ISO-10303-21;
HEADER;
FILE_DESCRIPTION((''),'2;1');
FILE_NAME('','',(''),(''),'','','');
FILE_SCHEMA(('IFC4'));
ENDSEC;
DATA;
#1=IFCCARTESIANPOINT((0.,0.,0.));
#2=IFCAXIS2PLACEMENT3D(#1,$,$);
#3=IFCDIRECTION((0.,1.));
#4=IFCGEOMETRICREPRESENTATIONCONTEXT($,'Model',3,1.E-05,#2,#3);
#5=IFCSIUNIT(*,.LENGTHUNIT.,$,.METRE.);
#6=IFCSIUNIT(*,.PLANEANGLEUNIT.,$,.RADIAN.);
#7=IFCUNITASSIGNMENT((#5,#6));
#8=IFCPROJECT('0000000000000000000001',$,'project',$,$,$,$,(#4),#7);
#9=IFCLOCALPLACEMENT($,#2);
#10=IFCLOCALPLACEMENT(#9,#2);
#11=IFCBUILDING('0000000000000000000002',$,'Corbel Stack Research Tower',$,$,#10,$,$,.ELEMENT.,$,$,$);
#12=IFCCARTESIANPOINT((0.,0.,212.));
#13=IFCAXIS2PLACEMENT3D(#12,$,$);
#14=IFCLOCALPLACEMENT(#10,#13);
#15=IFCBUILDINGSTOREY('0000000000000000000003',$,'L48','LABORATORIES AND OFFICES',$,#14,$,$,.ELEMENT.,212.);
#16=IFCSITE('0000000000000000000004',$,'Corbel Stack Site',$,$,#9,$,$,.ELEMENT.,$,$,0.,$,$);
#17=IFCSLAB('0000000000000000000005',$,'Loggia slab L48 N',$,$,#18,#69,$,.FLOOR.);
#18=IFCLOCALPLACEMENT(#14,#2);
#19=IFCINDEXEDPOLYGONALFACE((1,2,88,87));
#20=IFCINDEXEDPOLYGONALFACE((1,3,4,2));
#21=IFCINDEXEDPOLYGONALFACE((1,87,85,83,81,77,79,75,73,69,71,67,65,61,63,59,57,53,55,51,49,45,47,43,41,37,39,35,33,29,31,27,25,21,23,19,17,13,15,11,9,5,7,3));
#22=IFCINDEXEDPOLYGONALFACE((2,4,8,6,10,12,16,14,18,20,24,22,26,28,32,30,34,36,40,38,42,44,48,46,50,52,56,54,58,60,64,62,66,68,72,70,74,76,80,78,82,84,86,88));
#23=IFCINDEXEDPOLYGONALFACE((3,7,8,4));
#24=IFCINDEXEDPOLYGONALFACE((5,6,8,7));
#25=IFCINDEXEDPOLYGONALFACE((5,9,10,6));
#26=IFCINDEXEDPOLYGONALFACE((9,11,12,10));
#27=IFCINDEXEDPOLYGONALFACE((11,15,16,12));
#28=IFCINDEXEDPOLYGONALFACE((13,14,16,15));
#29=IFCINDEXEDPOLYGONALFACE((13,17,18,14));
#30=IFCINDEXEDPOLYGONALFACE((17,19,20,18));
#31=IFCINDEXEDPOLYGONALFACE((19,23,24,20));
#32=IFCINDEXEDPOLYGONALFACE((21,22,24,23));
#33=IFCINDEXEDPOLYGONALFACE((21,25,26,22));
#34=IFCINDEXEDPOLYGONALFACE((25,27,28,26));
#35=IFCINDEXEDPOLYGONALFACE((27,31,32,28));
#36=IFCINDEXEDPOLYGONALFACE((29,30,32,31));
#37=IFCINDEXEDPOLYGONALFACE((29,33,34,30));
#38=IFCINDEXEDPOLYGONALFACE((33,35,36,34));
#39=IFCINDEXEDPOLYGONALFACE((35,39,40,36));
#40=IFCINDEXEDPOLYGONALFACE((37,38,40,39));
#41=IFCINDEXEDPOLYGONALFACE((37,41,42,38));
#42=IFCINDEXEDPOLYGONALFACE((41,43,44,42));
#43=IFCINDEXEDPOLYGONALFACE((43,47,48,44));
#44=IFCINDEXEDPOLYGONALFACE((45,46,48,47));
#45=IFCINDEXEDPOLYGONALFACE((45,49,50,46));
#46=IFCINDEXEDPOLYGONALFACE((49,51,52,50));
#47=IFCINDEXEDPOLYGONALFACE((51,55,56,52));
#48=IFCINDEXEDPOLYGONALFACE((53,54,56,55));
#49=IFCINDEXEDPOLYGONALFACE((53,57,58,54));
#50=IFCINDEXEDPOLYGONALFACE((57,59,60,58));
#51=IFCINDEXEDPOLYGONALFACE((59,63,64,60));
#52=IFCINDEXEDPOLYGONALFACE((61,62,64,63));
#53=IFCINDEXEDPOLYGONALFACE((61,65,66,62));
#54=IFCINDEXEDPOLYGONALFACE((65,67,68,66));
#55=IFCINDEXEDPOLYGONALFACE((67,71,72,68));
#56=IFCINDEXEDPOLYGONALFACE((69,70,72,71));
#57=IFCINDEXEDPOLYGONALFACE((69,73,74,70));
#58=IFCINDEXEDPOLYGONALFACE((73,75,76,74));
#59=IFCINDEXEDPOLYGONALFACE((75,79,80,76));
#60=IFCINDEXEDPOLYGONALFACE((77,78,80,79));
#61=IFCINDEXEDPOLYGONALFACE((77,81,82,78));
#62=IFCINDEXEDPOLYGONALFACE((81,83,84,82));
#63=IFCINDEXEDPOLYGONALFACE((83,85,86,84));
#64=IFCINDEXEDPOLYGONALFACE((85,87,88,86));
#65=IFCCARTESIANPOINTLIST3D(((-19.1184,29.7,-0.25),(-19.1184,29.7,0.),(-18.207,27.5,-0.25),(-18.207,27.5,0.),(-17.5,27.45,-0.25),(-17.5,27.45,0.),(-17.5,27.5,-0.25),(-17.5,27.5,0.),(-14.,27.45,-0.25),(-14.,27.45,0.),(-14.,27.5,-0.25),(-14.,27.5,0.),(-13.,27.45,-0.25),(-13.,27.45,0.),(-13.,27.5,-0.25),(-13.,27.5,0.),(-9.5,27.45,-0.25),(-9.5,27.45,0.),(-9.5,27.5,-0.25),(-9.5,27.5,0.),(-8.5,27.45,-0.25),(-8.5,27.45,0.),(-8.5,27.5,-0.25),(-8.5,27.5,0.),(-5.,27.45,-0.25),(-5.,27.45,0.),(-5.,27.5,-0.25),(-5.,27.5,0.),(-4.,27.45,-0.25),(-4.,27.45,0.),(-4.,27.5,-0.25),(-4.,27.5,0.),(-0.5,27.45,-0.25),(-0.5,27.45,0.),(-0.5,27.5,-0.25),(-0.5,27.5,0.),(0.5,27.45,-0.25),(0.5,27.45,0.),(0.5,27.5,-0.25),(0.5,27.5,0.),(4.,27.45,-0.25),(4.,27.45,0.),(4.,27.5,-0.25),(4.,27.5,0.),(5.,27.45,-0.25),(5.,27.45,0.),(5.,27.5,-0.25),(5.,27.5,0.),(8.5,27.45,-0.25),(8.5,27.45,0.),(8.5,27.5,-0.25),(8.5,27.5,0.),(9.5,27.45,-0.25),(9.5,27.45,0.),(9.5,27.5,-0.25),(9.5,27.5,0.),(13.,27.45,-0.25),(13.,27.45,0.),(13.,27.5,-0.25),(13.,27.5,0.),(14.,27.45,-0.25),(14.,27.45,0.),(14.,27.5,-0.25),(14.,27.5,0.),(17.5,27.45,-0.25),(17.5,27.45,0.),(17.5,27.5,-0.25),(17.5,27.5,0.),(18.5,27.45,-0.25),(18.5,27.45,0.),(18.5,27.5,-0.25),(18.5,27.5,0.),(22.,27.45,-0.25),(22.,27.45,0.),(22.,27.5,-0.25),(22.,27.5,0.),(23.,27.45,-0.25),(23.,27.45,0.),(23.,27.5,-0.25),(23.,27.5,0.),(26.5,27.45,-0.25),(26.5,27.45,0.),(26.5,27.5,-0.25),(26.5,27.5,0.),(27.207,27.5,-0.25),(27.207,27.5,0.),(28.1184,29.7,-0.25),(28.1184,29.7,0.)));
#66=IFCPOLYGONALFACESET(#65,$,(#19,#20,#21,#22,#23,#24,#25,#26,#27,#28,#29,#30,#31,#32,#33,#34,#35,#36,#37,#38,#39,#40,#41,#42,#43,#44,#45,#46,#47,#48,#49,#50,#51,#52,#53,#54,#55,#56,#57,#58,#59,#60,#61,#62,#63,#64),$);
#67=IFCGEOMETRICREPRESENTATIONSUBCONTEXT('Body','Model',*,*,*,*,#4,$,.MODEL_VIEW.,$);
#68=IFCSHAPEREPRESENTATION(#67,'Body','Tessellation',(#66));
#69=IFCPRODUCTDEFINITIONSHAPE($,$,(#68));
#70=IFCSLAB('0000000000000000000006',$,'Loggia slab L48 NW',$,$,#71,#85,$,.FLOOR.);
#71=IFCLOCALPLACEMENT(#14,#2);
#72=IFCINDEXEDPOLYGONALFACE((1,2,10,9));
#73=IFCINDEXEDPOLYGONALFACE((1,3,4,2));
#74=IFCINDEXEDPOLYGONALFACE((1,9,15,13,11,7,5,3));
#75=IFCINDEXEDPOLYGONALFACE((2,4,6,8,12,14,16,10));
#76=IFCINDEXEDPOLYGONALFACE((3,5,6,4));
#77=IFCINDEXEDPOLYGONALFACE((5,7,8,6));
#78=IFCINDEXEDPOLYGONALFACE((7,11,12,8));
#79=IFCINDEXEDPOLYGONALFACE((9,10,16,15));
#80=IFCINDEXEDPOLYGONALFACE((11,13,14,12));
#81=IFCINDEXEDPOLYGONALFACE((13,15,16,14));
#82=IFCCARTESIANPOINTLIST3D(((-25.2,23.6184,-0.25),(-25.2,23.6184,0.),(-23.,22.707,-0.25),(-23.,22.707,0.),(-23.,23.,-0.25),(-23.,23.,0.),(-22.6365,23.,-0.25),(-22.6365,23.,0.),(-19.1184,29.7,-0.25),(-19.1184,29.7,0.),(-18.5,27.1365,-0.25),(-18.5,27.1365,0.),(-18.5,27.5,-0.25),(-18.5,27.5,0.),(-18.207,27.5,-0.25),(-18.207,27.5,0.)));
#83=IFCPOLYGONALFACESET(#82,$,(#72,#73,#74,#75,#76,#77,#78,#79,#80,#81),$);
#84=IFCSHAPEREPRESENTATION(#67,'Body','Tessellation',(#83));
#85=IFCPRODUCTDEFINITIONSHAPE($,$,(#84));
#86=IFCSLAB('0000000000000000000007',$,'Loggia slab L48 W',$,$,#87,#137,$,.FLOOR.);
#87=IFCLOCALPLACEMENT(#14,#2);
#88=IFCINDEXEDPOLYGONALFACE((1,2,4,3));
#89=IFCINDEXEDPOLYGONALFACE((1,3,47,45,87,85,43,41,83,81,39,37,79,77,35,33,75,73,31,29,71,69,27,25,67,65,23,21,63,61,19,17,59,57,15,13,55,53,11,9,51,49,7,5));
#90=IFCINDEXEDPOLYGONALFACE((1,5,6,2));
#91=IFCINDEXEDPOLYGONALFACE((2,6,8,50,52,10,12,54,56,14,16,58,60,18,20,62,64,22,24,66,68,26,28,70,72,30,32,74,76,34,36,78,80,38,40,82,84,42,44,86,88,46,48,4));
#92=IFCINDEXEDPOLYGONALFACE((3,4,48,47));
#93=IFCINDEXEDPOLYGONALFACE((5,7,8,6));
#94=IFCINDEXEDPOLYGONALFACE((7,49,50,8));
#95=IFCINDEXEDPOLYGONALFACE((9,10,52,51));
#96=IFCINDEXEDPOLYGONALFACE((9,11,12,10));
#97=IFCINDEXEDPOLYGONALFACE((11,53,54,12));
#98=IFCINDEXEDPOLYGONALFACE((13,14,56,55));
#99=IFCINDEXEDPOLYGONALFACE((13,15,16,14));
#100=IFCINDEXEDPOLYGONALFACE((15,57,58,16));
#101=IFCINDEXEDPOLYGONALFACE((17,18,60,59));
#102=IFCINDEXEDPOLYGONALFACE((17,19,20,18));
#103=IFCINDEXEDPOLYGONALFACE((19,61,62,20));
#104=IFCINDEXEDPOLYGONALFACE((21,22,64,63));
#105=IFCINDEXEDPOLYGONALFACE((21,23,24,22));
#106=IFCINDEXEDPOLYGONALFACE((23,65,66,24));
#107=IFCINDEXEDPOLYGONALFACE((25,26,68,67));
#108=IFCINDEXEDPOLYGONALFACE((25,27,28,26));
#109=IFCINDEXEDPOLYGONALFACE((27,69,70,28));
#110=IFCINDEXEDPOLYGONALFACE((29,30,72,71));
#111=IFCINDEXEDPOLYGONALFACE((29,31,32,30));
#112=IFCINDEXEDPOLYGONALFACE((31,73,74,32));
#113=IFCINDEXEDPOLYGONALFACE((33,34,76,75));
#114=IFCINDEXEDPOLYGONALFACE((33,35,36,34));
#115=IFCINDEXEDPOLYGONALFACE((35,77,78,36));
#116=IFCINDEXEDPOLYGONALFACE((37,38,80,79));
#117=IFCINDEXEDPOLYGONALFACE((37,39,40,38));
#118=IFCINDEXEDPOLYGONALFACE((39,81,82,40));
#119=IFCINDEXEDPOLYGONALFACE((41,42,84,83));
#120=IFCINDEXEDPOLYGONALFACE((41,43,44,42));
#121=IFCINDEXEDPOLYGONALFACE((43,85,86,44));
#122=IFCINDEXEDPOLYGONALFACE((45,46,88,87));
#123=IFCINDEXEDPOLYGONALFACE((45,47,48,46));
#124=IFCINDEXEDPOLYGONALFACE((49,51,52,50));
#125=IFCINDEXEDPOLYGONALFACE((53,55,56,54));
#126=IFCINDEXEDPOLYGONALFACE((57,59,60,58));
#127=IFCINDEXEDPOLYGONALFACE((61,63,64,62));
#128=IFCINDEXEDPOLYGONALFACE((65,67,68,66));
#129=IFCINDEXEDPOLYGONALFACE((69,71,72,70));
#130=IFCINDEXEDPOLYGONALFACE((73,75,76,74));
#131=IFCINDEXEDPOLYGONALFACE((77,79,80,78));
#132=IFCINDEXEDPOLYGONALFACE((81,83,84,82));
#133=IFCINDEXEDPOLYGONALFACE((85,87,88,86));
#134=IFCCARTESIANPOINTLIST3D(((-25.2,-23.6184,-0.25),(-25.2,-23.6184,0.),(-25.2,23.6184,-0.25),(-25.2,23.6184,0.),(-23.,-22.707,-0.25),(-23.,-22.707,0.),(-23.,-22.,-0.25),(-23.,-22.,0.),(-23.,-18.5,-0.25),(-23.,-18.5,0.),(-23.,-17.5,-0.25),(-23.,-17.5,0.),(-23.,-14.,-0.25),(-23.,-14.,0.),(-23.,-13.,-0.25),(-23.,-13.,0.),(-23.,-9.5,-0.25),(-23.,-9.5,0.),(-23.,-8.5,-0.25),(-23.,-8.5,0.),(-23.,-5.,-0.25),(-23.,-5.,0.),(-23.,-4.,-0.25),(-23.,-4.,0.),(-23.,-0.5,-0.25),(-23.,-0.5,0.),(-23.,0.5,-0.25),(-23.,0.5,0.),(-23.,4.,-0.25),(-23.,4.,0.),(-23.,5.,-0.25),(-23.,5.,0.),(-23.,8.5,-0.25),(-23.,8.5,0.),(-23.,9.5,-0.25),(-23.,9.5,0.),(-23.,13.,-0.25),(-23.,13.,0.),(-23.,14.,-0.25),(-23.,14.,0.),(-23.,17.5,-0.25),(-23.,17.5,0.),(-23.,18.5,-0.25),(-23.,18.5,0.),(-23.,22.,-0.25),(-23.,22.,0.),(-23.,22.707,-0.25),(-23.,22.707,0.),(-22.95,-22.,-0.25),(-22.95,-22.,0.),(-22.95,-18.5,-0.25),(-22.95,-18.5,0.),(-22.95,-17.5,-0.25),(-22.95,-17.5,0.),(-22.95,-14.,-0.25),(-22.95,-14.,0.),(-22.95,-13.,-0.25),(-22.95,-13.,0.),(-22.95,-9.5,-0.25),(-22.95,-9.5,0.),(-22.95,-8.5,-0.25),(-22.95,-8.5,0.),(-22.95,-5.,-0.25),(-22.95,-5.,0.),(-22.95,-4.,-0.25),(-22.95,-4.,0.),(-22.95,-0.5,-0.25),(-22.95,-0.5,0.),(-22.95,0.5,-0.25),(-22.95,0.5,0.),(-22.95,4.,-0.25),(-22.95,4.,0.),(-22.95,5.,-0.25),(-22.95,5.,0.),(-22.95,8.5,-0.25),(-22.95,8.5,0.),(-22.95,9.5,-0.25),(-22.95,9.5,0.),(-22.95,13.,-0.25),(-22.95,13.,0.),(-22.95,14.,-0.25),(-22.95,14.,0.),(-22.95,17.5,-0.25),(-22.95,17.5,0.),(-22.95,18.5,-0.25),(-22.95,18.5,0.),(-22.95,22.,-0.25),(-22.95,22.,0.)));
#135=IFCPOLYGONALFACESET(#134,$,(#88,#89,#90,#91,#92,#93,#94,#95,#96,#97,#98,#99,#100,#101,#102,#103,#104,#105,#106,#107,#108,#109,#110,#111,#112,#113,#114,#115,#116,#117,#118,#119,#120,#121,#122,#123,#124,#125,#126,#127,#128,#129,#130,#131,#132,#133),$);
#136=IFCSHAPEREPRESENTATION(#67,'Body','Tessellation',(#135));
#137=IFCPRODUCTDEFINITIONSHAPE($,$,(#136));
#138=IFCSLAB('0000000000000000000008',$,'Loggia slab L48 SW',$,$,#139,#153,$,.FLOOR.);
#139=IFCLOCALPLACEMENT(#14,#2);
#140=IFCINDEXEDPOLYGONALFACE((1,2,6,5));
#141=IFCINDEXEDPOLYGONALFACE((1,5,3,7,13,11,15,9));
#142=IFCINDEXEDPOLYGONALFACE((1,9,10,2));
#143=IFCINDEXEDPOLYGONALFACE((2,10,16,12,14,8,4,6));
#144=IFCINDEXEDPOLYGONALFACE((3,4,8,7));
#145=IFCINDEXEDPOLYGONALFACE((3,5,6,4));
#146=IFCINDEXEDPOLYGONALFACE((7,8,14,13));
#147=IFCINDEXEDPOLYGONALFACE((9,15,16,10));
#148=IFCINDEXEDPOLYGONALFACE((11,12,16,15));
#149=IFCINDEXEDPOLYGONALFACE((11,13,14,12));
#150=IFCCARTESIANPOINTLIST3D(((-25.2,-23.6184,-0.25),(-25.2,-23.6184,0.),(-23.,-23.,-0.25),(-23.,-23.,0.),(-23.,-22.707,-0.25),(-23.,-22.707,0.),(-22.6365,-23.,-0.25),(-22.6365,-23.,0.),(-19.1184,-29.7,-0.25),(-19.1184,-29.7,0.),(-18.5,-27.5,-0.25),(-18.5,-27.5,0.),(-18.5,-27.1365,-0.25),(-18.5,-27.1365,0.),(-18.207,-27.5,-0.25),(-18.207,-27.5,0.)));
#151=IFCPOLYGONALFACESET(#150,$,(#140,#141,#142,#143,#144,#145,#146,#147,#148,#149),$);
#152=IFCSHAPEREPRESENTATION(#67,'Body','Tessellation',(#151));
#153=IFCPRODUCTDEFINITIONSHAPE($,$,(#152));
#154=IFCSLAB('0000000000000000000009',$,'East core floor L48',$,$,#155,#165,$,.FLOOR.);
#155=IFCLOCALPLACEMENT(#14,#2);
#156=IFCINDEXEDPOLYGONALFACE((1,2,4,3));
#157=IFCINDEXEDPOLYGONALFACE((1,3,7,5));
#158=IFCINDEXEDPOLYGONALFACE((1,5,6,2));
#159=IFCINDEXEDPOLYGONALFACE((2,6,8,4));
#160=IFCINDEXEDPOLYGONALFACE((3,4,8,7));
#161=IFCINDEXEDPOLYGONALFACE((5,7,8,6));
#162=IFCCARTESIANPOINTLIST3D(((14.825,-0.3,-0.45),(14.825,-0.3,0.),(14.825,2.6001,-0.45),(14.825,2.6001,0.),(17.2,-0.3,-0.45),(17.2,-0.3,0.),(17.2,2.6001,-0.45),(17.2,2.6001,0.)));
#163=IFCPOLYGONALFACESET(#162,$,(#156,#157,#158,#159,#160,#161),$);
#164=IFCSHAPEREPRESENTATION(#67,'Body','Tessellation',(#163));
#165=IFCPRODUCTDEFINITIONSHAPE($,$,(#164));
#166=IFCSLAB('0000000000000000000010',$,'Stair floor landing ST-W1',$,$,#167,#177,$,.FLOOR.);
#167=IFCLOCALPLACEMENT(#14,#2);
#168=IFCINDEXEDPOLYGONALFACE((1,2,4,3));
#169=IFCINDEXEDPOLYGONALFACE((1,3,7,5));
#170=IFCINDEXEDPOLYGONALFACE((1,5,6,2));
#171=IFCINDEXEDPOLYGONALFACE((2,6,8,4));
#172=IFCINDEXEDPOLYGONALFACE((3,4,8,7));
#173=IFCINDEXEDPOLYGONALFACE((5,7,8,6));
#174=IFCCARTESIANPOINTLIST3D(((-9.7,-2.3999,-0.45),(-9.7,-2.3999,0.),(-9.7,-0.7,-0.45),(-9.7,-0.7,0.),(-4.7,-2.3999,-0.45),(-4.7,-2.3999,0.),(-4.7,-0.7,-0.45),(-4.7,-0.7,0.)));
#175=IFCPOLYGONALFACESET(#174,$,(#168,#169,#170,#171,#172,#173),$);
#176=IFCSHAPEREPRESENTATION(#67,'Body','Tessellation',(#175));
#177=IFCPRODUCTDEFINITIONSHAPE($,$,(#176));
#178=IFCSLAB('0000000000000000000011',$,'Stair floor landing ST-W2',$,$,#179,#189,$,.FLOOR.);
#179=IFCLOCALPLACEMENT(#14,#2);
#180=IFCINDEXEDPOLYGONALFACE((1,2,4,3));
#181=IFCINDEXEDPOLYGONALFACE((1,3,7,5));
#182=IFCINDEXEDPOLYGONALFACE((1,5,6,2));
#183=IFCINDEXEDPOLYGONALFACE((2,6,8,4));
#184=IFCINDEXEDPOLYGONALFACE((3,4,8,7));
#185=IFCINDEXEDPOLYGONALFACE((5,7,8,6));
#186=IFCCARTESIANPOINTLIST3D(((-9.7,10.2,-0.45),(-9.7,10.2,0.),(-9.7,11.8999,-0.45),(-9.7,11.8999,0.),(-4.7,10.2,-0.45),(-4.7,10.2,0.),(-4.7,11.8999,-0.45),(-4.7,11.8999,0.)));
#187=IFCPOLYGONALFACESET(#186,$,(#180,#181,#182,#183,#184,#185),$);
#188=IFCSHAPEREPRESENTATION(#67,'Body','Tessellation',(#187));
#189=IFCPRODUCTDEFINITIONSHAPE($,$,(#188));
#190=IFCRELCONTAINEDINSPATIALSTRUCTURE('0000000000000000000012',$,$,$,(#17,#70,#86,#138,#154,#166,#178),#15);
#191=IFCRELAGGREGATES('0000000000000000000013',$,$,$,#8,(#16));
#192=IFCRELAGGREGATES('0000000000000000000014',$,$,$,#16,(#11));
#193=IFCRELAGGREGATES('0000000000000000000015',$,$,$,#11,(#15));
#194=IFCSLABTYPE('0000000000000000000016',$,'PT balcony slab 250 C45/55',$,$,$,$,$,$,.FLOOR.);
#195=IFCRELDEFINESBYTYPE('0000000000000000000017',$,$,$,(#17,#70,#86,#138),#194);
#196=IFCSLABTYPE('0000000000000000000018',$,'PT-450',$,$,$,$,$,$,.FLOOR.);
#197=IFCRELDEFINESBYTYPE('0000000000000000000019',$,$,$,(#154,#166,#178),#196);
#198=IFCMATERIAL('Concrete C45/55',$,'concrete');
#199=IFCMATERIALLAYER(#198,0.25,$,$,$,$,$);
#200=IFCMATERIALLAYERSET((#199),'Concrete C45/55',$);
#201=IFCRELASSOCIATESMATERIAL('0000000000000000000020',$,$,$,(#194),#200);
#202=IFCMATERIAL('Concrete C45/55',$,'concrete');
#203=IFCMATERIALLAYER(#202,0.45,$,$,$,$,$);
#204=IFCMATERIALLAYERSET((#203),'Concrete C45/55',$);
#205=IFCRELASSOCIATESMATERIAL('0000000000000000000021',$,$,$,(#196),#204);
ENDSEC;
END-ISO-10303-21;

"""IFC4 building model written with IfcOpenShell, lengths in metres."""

from ifc_helpers import new_model, si_unit, direction, frame, origin, place, context, subcontext, project, spatial, polyline, outline, extrude, material, layer, layer_set, type_object, element, save


model = new_model("IFC4")

# Units and contexts
model_context = context("Model", 3, precision=1e-05, world=origin(), true_north=direction((0.0, 1.0)))
body_context = subcontext(model_context, "Body", "Model", "MODEL_VIEW")
ifc_project = project(units=[si_unit("LENGTHUNIT", "METRE"), si_unit("PLANEANGLEUNIT", "RADIAN")], contexts=[model_context])

# Site, building, storey
site_placement = place(None, origin())
site = spatial("IfcSite", under=ifc_project, at=site_placement, Name="Corbel Stack Site", CompositionType="ELEMENT", RefElevation=0.0)
building_placement = place(site_placement, origin())
building = spatial("IfcBuilding", under=site, at=building_placement, Name="Corbel Stack Research Tower", CompositionType="ELEMENT")
storey_placement = place(building_placement, frame((0.0, 0.0, 212.0)))
storey = spatial("IfcBuildingStorey", under=building, at=storey_placement, Name="L48", Description="LABORATORIES AND OFFICES", CompositionType="ELEMENT", Elevation=212.0)

# Slabs
ifc_material_1 = material(Name="Concrete C45/55", Category="concrete")
ifc_layer_1 = layer(ifc_material_1, 0.25)
ifc_layer_set_1 = layer_set([ifc_layer_1], Name="Concrete C45/55")
slab_type_1 = type_object("IfcSlabType", Name="PT balcony slab 250 C45/55", PredefinedType="FLOOR", material=ifc_layer_set_1)
slab_1_placement = place(storey_placement, frame((0.0, 0.0, -0.25)))
element("IfcSlab", 1, at=slab_1_placement, inside=storey, type_object=slab_type_1, Name="Loggia slab L48 N", PredefinedType="FLOOR", context=body_context, shape_type="SweptSolid", body=[
    extrude(outline(polyline([(-18.207, 27.5), (-17.5, 27.5), (-17.5, 27.45), (-14.0, 27.45), (-14.0, 27.5), (-13.0, 27.5), (-13.0, 27.45), (-9.5, 27.45), (-9.5, 27.5), (-8.5, 27.5), (-8.5, 27.45), (-5.0, 27.45), (-5.0, 27.5), (-4.0, 27.5), (-4.0, 27.45), (-0.5, 27.45), (-0.5, 27.5), (0.5, 27.5), (0.5, 27.45), (4.0, 27.45), (4.0, 27.5), (5.0, 27.5), (5.0, 27.45), (8.5, 27.45), (8.5, 27.5), (9.5, 27.5), (9.5, 27.45), (13.0, 27.45), (13.0, 27.5), (14.0, 27.5), (14.0, 27.45), (17.5, 27.45), (17.5, 27.5), (18.5, 27.5), (18.5, 27.45), (22.0, 27.45), (22.0, 27.5), (23.0, 27.5), (23.0, 27.45), (26.5, 27.45), (26.5, 27.5), (27.207, 27.5), (28.1184, 29.7), (-19.1184, 29.7), (-18.207, 27.5)])), origin(), (0.0, 0.0, 1.0), 0.25),
])
slab_2_placement = place(storey_placement, frame((0.0, 0.0, -0.25)))
element("IfcSlab", 2, at=slab_2_placement, inside=storey, type_object=slab_type_1, Name="Loggia slab L48 NW", PredefinedType="FLOOR", context=body_context, shape_type="SweptSolid", body=[
    extrude(outline(polyline([(-23.0, 22.707), (-23.0, 23.0), (-22.6365, 23.0), (-18.5, 27.1365), (-18.5, 27.5), (-18.207, 27.5), (-19.1184, 29.7), (-25.2, 23.6184), (-23.0, 22.707)])), origin(), (0.0, 0.0, 1.0), 0.25),
])
slab_3_placement = place(storey_placement, frame((0.0, 0.0, -0.25)))
element("IfcSlab", 3, at=slab_3_placement, inside=storey, type_object=slab_type_1, Name="Loggia slab L48 W", PredefinedType="FLOOR", context=body_context, shape_type="SweptSolid", body=[
    extrude(outline(polyline([(-23.0, -22.707), (-23.0, -22.0), (-22.95, -22.0), (-22.95, -18.5), (-23.0, -18.5), (-23.0, -17.5), (-22.95, -17.5), (-22.95, -14.0), (-23.0, -14.0), (-23.0, -13.0), (-22.95, -13.0), (-22.95, -9.5), (-23.0, -9.5), (-23.0, -8.5), (-22.95, -8.5), (-22.95, -5.0), (-23.0, -5.0), (-23.0, -4.0), (-22.95, -4.0), (-22.95, -0.5), (-23.0, -0.5), (-23.0, 0.5), (-22.95, 0.5), (-22.95, 4.0), (-23.0, 4.0), (-23.0, 5.0), (-22.95, 5.0), (-22.95, 8.5), (-23.0, 8.5), (-23.0, 9.5), (-22.95, 9.5), (-22.95, 13.0), (-23.0, 13.0), (-23.0, 14.0), (-22.95, 14.0), (-22.95, 17.5), (-23.0, 17.5), (-23.0, 18.5), (-22.95, 18.5), (-22.95, 22.0), (-23.0, 22.0), (-23.0, 22.707), (-25.2, 23.6184), (-25.2, -23.6184), (-23.0, -22.707)])), origin(), (0.0, 0.0, 1.0), 0.25),
])
slab_4_placement = place(storey_placement, frame((0.0, 0.0, -0.25)))
element("IfcSlab", 4, at=slab_4_placement, inside=storey, type_object=slab_type_1, Name="Loggia slab L48 SW", PredefinedType="FLOOR", context=body_context, shape_type="SweptSolid", body=[
    extrude(outline(polyline([(-18.207, -27.5), (-18.5, -27.5), (-18.5, -27.1365), (-22.6365, -23.0), (-23.0, -23.0), (-23.0, -22.707), (-25.2, -23.6184), (-19.1184, -29.7), (-18.207, -27.5)])), origin(), (0.0, 0.0, 1.0), 0.25),
])
ifc_material_2 = material(Name="Concrete C45/55", Category="concrete")
ifc_layer_2 = layer(ifc_material_2, 0.45)
ifc_layer_set_2 = layer_set([ifc_layer_2], Name="Concrete C45/55")
slab_type_2 = type_object("IfcSlabType", Name="PT-450", PredefinedType="FLOOR", material=ifc_layer_set_2)
slab_5_placement = place(storey_placement, frame((0.0, 0.0, -0.45)))
element("IfcSlab", 5, at=slab_5_placement, inside=storey, type_object=slab_type_2, Name="East core floor L48", PredefinedType="FLOOR", context=body_context, shape_type="SweptSolid", body=[
    extrude(outline(polyline([(17.2, -0.3), (17.2, 2.6001), (14.825, 2.6001), (14.825, -0.3), (17.2, -0.3)])), origin(), (0.0, 0.0, 1.0), 0.45),
])
slab_6_placement = place(storey_placement, frame((0.0, 0.0, -0.45)))
element("IfcSlab", 6, at=slab_6_placement, inside=storey, type_object=slab_type_2, Name="Stair floor landing ST-W1", PredefinedType="FLOOR", context=body_context, shape_type="SweptSolid", body=[
    extrude(outline(polyline([(-9.7, -2.3999), (-4.7, -2.3999), (-4.7, -0.7), (-9.7, -0.7), (-9.7, -2.3999)])), origin(), (0.0, 0.0, 1.0), 0.45),
])
slab_7_placement = place(storey_placement, frame((0.0, 0.0, -0.45)))
element("IfcSlab", 7, at=slab_7_placement, inside=storey, type_object=slab_type_2, Name="Stair floor landing ST-W2", PredefinedType="FLOOR", context=body_context, shape_type="SweptSolid", body=[
    extrude(outline(polyline([(-9.7, 10.2), (-4.7, 10.2), (-4.7, 11.8999), (-9.7, 11.8999), (-9.7, 10.2)])), origin(), (0.0, 0.0, 1.0), 0.45),
])

save(model, "model.ifc")
